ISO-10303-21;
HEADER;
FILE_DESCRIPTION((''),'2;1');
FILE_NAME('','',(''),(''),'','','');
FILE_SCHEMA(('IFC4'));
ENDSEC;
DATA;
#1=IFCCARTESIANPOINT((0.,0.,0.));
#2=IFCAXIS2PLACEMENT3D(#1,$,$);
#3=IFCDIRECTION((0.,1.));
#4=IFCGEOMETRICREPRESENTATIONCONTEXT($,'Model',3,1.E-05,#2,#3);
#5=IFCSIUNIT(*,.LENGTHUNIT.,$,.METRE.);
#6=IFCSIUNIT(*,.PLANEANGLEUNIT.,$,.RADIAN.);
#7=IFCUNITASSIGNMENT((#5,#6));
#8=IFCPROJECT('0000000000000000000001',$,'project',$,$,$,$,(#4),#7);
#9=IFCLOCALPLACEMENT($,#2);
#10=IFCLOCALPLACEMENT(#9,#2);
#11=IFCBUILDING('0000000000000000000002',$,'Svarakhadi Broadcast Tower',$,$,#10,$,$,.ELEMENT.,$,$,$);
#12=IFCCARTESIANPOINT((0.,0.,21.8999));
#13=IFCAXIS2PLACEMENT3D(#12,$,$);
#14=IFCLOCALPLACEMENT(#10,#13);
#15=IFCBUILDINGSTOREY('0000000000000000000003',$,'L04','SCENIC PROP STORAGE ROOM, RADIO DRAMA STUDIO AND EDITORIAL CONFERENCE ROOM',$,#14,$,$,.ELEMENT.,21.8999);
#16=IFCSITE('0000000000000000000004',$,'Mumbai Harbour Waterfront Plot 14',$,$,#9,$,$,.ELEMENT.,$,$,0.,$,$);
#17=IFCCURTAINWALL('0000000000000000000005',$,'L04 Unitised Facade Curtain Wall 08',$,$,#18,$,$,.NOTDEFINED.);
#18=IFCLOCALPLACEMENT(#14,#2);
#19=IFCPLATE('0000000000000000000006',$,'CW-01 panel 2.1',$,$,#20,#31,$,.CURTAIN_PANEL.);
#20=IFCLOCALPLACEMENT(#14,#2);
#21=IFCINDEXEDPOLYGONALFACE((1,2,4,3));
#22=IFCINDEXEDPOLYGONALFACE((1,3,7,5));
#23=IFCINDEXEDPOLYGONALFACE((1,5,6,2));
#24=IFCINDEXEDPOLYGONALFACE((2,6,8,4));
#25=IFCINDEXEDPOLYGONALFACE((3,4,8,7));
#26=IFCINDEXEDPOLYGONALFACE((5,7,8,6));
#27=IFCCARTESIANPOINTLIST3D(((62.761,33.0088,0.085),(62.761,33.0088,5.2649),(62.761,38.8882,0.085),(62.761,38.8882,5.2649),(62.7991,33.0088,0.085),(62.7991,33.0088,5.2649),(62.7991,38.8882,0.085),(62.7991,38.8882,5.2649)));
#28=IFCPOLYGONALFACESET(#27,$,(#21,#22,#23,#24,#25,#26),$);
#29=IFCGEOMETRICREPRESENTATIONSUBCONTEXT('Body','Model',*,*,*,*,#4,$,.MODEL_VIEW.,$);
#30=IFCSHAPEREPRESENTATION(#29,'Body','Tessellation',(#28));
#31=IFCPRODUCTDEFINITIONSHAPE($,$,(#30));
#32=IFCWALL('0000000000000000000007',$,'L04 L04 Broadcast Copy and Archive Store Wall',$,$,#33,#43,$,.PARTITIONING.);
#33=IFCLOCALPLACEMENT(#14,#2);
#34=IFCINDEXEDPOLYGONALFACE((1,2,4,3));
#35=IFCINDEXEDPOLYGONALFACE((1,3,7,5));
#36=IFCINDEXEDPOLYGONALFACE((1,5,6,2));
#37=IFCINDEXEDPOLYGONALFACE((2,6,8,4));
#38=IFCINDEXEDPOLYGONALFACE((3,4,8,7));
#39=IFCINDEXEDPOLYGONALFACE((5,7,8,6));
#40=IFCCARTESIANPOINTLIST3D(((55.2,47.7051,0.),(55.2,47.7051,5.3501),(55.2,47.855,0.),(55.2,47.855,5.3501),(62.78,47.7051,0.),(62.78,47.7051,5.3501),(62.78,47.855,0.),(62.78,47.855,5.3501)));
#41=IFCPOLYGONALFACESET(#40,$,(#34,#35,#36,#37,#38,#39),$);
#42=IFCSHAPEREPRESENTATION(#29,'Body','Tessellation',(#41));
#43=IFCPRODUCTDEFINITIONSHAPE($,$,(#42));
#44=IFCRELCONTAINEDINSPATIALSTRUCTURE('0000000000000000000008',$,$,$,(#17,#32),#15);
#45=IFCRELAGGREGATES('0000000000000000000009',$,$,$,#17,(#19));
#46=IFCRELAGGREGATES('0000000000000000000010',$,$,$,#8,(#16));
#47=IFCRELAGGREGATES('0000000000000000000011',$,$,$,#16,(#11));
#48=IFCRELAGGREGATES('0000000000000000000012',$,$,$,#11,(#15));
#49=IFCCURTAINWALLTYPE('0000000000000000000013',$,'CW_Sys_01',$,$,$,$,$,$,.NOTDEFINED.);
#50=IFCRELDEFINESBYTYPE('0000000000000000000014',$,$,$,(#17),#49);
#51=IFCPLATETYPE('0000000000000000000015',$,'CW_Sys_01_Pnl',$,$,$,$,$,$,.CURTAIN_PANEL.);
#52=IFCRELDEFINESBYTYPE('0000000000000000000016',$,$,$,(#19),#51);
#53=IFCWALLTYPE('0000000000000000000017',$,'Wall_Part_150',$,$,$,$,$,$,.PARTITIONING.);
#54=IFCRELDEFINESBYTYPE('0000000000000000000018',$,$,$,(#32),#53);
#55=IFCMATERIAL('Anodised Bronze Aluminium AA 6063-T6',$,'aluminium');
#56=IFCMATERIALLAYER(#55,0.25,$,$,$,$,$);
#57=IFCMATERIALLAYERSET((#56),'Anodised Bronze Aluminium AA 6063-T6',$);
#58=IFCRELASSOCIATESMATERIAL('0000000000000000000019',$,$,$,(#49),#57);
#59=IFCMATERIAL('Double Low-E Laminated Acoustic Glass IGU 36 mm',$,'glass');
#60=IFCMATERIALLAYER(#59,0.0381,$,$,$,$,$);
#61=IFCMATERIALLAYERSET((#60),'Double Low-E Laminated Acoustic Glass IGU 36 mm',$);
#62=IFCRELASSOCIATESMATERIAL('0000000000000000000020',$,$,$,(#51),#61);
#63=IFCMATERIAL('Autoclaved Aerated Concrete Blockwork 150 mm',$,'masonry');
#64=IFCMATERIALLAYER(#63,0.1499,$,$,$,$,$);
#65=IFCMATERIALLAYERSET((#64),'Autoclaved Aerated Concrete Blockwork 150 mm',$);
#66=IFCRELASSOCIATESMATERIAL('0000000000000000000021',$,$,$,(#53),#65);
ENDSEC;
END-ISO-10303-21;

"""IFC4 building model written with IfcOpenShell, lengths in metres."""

from ifc_helpers import new_model, si_unit, direction, frame, frame_2d, origin, origin_2d, place, context, subcontext, project, spatial, rectangle, extrude, material, layer, layer_set, type_object, element, aggregate, save


model = new_model("IFC4")

# Units and contexts
model_context = context("Model", 3, precision=1e-05, world=origin(), true_north=direction((0.0, 1.0)))
body_context = subcontext(model_context, "Body", "Model", "MODEL_VIEW")
ifc_project = project(units=[si_unit("LENGTHUNIT", "METRE"), si_unit("PLANEANGLEUNIT", "RADIAN")], contexts=[model_context])

# Site, building, storey
site_placement = place(None, origin())
site = spatial("IfcSite", under=ifc_project, at=site_placement, Name="Mumbai Harbour Waterfront Plot 14", CompositionType="ELEMENT", RefElevation=0.0)
building_placement = place(site_placement, origin())
building = spatial("IfcBuilding", under=site, at=building_placement, Name="Svarakhadi Broadcast Tower", CompositionType="ELEMENT")
storey_placement = place(building_placement, frame((0.0, 0.0, 21.8999)))
storey = spatial("IfcBuildingStorey", under=building, at=storey_placement, Name="L04", Description="SCENIC PROP STORAGE ROOM, RADIO DRAMA STUDIO AND EDITORIAL CONFERENCE ROOM", CompositionType="ELEMENT", Elevation=21.8999)

# Curtain wall
ifc_material_1 = material(Name="Anodised Bronze Aluminium AA 6063-T6", Category="aluminium")
ifc_layer_1 = layer(ifc_material_1, 0.25)
ifc_layer_set_1 = layer_set([ifc_layer_1], Name="Anodised Bronze Aluminium AA 6063-T6")
curtain_wall_type = type_object("IfcCurtainWallType", Name="CW_Sys_01", PredefinedType="NOTDEFINED", material=ifc_layer_set_1)
curtain_wall_1_placement = place(storey_placement, origin())
curtain_wall_1 = element("IfcCurtainWall", 1, at=curtain_wall_1_placement, inside=storey, type_object=curtain_wall_type, Name="L04 Unitised Facade Curtain Wall 08", PredefinedType="NOTDEFINED")

# Plate
ifc_material_2 = material(Name="Double Low-E Laminated Acoustic Glass IGU 36 mm", Category="glass")
ifc_layer_2 = layer(ifc_material_2, 0.0381)
ifc_layer_set_2 = layer_set([ifc_layer_2], Name="Double Low-E Laminated Acoustic Glass IGU 36 mm")
plate_type = type_object("IfcPlateType", Name="CW_Sys_01_Pnl", PredefinedType="CURTAIN_PANEL", material=ifc_layer_set_2)
plate_1_placement = place(storey_placement, frame((62.78, 35.9485, 0.085), z_axis=(0.0, 0.0, 1.0), x_axis=(0.0, -1.0, 0.0)))
plate_1 = element("IfcPlate", 2, at=plate_1_placement, type_object=plate_type, Name="CW-01 panel 2.1", PredefinedType="CURTAIN_PANEL", context=body_context, shape_type="SweptSolid", body=[
    extrude(rectangle(XDim=5.8794, YDim=0.0381, at=origin_2d()), origin(), (0.0, 0.0, 1.0), 5.1799),
])
aggregate(curtain_wall_1, [plate_1])

# Wall
ifc_material_3 = material(Name="Autoclaved Aerated Concrete Blockwork 150 mm", Category="masonry")
ifc_layer_3 = layer(ifc_material_3, 0.1499)
ifc_layer_set_3 = layer_set([ifc_layer_3], Name="Autoclaved Aerated Concrete Blockwork 150 mm")
wall_type = type_object("IfcWallType", Name="Wall_Part_150", PredefinedType="PARTITIONING", material=ifc_layer_set_3)
wall_placement = place(storey_placement, frame((55.2, 47.78, 0.0), z_axis=(0.0, 0.0, 1.0), x_axis=(1.0, 0.0, 0.0)))
element("IfcWall", 3, at=wall_placement, inside=storey, type_object=wall_type, Name="L04 L04 Broadcast Copy and Archive Store Wall", PredefinedType="PARTITIONING", context=body_context, shape_type="SweptSolid", body=[
    extrude(rectangle(XDim=7.5801, YDim=0.1499, at=frame_2d((3.79, 0.0))), origin(), (0.0, 0.0, 1.0), 5.3501),
])

save(model, "model.ifc")
